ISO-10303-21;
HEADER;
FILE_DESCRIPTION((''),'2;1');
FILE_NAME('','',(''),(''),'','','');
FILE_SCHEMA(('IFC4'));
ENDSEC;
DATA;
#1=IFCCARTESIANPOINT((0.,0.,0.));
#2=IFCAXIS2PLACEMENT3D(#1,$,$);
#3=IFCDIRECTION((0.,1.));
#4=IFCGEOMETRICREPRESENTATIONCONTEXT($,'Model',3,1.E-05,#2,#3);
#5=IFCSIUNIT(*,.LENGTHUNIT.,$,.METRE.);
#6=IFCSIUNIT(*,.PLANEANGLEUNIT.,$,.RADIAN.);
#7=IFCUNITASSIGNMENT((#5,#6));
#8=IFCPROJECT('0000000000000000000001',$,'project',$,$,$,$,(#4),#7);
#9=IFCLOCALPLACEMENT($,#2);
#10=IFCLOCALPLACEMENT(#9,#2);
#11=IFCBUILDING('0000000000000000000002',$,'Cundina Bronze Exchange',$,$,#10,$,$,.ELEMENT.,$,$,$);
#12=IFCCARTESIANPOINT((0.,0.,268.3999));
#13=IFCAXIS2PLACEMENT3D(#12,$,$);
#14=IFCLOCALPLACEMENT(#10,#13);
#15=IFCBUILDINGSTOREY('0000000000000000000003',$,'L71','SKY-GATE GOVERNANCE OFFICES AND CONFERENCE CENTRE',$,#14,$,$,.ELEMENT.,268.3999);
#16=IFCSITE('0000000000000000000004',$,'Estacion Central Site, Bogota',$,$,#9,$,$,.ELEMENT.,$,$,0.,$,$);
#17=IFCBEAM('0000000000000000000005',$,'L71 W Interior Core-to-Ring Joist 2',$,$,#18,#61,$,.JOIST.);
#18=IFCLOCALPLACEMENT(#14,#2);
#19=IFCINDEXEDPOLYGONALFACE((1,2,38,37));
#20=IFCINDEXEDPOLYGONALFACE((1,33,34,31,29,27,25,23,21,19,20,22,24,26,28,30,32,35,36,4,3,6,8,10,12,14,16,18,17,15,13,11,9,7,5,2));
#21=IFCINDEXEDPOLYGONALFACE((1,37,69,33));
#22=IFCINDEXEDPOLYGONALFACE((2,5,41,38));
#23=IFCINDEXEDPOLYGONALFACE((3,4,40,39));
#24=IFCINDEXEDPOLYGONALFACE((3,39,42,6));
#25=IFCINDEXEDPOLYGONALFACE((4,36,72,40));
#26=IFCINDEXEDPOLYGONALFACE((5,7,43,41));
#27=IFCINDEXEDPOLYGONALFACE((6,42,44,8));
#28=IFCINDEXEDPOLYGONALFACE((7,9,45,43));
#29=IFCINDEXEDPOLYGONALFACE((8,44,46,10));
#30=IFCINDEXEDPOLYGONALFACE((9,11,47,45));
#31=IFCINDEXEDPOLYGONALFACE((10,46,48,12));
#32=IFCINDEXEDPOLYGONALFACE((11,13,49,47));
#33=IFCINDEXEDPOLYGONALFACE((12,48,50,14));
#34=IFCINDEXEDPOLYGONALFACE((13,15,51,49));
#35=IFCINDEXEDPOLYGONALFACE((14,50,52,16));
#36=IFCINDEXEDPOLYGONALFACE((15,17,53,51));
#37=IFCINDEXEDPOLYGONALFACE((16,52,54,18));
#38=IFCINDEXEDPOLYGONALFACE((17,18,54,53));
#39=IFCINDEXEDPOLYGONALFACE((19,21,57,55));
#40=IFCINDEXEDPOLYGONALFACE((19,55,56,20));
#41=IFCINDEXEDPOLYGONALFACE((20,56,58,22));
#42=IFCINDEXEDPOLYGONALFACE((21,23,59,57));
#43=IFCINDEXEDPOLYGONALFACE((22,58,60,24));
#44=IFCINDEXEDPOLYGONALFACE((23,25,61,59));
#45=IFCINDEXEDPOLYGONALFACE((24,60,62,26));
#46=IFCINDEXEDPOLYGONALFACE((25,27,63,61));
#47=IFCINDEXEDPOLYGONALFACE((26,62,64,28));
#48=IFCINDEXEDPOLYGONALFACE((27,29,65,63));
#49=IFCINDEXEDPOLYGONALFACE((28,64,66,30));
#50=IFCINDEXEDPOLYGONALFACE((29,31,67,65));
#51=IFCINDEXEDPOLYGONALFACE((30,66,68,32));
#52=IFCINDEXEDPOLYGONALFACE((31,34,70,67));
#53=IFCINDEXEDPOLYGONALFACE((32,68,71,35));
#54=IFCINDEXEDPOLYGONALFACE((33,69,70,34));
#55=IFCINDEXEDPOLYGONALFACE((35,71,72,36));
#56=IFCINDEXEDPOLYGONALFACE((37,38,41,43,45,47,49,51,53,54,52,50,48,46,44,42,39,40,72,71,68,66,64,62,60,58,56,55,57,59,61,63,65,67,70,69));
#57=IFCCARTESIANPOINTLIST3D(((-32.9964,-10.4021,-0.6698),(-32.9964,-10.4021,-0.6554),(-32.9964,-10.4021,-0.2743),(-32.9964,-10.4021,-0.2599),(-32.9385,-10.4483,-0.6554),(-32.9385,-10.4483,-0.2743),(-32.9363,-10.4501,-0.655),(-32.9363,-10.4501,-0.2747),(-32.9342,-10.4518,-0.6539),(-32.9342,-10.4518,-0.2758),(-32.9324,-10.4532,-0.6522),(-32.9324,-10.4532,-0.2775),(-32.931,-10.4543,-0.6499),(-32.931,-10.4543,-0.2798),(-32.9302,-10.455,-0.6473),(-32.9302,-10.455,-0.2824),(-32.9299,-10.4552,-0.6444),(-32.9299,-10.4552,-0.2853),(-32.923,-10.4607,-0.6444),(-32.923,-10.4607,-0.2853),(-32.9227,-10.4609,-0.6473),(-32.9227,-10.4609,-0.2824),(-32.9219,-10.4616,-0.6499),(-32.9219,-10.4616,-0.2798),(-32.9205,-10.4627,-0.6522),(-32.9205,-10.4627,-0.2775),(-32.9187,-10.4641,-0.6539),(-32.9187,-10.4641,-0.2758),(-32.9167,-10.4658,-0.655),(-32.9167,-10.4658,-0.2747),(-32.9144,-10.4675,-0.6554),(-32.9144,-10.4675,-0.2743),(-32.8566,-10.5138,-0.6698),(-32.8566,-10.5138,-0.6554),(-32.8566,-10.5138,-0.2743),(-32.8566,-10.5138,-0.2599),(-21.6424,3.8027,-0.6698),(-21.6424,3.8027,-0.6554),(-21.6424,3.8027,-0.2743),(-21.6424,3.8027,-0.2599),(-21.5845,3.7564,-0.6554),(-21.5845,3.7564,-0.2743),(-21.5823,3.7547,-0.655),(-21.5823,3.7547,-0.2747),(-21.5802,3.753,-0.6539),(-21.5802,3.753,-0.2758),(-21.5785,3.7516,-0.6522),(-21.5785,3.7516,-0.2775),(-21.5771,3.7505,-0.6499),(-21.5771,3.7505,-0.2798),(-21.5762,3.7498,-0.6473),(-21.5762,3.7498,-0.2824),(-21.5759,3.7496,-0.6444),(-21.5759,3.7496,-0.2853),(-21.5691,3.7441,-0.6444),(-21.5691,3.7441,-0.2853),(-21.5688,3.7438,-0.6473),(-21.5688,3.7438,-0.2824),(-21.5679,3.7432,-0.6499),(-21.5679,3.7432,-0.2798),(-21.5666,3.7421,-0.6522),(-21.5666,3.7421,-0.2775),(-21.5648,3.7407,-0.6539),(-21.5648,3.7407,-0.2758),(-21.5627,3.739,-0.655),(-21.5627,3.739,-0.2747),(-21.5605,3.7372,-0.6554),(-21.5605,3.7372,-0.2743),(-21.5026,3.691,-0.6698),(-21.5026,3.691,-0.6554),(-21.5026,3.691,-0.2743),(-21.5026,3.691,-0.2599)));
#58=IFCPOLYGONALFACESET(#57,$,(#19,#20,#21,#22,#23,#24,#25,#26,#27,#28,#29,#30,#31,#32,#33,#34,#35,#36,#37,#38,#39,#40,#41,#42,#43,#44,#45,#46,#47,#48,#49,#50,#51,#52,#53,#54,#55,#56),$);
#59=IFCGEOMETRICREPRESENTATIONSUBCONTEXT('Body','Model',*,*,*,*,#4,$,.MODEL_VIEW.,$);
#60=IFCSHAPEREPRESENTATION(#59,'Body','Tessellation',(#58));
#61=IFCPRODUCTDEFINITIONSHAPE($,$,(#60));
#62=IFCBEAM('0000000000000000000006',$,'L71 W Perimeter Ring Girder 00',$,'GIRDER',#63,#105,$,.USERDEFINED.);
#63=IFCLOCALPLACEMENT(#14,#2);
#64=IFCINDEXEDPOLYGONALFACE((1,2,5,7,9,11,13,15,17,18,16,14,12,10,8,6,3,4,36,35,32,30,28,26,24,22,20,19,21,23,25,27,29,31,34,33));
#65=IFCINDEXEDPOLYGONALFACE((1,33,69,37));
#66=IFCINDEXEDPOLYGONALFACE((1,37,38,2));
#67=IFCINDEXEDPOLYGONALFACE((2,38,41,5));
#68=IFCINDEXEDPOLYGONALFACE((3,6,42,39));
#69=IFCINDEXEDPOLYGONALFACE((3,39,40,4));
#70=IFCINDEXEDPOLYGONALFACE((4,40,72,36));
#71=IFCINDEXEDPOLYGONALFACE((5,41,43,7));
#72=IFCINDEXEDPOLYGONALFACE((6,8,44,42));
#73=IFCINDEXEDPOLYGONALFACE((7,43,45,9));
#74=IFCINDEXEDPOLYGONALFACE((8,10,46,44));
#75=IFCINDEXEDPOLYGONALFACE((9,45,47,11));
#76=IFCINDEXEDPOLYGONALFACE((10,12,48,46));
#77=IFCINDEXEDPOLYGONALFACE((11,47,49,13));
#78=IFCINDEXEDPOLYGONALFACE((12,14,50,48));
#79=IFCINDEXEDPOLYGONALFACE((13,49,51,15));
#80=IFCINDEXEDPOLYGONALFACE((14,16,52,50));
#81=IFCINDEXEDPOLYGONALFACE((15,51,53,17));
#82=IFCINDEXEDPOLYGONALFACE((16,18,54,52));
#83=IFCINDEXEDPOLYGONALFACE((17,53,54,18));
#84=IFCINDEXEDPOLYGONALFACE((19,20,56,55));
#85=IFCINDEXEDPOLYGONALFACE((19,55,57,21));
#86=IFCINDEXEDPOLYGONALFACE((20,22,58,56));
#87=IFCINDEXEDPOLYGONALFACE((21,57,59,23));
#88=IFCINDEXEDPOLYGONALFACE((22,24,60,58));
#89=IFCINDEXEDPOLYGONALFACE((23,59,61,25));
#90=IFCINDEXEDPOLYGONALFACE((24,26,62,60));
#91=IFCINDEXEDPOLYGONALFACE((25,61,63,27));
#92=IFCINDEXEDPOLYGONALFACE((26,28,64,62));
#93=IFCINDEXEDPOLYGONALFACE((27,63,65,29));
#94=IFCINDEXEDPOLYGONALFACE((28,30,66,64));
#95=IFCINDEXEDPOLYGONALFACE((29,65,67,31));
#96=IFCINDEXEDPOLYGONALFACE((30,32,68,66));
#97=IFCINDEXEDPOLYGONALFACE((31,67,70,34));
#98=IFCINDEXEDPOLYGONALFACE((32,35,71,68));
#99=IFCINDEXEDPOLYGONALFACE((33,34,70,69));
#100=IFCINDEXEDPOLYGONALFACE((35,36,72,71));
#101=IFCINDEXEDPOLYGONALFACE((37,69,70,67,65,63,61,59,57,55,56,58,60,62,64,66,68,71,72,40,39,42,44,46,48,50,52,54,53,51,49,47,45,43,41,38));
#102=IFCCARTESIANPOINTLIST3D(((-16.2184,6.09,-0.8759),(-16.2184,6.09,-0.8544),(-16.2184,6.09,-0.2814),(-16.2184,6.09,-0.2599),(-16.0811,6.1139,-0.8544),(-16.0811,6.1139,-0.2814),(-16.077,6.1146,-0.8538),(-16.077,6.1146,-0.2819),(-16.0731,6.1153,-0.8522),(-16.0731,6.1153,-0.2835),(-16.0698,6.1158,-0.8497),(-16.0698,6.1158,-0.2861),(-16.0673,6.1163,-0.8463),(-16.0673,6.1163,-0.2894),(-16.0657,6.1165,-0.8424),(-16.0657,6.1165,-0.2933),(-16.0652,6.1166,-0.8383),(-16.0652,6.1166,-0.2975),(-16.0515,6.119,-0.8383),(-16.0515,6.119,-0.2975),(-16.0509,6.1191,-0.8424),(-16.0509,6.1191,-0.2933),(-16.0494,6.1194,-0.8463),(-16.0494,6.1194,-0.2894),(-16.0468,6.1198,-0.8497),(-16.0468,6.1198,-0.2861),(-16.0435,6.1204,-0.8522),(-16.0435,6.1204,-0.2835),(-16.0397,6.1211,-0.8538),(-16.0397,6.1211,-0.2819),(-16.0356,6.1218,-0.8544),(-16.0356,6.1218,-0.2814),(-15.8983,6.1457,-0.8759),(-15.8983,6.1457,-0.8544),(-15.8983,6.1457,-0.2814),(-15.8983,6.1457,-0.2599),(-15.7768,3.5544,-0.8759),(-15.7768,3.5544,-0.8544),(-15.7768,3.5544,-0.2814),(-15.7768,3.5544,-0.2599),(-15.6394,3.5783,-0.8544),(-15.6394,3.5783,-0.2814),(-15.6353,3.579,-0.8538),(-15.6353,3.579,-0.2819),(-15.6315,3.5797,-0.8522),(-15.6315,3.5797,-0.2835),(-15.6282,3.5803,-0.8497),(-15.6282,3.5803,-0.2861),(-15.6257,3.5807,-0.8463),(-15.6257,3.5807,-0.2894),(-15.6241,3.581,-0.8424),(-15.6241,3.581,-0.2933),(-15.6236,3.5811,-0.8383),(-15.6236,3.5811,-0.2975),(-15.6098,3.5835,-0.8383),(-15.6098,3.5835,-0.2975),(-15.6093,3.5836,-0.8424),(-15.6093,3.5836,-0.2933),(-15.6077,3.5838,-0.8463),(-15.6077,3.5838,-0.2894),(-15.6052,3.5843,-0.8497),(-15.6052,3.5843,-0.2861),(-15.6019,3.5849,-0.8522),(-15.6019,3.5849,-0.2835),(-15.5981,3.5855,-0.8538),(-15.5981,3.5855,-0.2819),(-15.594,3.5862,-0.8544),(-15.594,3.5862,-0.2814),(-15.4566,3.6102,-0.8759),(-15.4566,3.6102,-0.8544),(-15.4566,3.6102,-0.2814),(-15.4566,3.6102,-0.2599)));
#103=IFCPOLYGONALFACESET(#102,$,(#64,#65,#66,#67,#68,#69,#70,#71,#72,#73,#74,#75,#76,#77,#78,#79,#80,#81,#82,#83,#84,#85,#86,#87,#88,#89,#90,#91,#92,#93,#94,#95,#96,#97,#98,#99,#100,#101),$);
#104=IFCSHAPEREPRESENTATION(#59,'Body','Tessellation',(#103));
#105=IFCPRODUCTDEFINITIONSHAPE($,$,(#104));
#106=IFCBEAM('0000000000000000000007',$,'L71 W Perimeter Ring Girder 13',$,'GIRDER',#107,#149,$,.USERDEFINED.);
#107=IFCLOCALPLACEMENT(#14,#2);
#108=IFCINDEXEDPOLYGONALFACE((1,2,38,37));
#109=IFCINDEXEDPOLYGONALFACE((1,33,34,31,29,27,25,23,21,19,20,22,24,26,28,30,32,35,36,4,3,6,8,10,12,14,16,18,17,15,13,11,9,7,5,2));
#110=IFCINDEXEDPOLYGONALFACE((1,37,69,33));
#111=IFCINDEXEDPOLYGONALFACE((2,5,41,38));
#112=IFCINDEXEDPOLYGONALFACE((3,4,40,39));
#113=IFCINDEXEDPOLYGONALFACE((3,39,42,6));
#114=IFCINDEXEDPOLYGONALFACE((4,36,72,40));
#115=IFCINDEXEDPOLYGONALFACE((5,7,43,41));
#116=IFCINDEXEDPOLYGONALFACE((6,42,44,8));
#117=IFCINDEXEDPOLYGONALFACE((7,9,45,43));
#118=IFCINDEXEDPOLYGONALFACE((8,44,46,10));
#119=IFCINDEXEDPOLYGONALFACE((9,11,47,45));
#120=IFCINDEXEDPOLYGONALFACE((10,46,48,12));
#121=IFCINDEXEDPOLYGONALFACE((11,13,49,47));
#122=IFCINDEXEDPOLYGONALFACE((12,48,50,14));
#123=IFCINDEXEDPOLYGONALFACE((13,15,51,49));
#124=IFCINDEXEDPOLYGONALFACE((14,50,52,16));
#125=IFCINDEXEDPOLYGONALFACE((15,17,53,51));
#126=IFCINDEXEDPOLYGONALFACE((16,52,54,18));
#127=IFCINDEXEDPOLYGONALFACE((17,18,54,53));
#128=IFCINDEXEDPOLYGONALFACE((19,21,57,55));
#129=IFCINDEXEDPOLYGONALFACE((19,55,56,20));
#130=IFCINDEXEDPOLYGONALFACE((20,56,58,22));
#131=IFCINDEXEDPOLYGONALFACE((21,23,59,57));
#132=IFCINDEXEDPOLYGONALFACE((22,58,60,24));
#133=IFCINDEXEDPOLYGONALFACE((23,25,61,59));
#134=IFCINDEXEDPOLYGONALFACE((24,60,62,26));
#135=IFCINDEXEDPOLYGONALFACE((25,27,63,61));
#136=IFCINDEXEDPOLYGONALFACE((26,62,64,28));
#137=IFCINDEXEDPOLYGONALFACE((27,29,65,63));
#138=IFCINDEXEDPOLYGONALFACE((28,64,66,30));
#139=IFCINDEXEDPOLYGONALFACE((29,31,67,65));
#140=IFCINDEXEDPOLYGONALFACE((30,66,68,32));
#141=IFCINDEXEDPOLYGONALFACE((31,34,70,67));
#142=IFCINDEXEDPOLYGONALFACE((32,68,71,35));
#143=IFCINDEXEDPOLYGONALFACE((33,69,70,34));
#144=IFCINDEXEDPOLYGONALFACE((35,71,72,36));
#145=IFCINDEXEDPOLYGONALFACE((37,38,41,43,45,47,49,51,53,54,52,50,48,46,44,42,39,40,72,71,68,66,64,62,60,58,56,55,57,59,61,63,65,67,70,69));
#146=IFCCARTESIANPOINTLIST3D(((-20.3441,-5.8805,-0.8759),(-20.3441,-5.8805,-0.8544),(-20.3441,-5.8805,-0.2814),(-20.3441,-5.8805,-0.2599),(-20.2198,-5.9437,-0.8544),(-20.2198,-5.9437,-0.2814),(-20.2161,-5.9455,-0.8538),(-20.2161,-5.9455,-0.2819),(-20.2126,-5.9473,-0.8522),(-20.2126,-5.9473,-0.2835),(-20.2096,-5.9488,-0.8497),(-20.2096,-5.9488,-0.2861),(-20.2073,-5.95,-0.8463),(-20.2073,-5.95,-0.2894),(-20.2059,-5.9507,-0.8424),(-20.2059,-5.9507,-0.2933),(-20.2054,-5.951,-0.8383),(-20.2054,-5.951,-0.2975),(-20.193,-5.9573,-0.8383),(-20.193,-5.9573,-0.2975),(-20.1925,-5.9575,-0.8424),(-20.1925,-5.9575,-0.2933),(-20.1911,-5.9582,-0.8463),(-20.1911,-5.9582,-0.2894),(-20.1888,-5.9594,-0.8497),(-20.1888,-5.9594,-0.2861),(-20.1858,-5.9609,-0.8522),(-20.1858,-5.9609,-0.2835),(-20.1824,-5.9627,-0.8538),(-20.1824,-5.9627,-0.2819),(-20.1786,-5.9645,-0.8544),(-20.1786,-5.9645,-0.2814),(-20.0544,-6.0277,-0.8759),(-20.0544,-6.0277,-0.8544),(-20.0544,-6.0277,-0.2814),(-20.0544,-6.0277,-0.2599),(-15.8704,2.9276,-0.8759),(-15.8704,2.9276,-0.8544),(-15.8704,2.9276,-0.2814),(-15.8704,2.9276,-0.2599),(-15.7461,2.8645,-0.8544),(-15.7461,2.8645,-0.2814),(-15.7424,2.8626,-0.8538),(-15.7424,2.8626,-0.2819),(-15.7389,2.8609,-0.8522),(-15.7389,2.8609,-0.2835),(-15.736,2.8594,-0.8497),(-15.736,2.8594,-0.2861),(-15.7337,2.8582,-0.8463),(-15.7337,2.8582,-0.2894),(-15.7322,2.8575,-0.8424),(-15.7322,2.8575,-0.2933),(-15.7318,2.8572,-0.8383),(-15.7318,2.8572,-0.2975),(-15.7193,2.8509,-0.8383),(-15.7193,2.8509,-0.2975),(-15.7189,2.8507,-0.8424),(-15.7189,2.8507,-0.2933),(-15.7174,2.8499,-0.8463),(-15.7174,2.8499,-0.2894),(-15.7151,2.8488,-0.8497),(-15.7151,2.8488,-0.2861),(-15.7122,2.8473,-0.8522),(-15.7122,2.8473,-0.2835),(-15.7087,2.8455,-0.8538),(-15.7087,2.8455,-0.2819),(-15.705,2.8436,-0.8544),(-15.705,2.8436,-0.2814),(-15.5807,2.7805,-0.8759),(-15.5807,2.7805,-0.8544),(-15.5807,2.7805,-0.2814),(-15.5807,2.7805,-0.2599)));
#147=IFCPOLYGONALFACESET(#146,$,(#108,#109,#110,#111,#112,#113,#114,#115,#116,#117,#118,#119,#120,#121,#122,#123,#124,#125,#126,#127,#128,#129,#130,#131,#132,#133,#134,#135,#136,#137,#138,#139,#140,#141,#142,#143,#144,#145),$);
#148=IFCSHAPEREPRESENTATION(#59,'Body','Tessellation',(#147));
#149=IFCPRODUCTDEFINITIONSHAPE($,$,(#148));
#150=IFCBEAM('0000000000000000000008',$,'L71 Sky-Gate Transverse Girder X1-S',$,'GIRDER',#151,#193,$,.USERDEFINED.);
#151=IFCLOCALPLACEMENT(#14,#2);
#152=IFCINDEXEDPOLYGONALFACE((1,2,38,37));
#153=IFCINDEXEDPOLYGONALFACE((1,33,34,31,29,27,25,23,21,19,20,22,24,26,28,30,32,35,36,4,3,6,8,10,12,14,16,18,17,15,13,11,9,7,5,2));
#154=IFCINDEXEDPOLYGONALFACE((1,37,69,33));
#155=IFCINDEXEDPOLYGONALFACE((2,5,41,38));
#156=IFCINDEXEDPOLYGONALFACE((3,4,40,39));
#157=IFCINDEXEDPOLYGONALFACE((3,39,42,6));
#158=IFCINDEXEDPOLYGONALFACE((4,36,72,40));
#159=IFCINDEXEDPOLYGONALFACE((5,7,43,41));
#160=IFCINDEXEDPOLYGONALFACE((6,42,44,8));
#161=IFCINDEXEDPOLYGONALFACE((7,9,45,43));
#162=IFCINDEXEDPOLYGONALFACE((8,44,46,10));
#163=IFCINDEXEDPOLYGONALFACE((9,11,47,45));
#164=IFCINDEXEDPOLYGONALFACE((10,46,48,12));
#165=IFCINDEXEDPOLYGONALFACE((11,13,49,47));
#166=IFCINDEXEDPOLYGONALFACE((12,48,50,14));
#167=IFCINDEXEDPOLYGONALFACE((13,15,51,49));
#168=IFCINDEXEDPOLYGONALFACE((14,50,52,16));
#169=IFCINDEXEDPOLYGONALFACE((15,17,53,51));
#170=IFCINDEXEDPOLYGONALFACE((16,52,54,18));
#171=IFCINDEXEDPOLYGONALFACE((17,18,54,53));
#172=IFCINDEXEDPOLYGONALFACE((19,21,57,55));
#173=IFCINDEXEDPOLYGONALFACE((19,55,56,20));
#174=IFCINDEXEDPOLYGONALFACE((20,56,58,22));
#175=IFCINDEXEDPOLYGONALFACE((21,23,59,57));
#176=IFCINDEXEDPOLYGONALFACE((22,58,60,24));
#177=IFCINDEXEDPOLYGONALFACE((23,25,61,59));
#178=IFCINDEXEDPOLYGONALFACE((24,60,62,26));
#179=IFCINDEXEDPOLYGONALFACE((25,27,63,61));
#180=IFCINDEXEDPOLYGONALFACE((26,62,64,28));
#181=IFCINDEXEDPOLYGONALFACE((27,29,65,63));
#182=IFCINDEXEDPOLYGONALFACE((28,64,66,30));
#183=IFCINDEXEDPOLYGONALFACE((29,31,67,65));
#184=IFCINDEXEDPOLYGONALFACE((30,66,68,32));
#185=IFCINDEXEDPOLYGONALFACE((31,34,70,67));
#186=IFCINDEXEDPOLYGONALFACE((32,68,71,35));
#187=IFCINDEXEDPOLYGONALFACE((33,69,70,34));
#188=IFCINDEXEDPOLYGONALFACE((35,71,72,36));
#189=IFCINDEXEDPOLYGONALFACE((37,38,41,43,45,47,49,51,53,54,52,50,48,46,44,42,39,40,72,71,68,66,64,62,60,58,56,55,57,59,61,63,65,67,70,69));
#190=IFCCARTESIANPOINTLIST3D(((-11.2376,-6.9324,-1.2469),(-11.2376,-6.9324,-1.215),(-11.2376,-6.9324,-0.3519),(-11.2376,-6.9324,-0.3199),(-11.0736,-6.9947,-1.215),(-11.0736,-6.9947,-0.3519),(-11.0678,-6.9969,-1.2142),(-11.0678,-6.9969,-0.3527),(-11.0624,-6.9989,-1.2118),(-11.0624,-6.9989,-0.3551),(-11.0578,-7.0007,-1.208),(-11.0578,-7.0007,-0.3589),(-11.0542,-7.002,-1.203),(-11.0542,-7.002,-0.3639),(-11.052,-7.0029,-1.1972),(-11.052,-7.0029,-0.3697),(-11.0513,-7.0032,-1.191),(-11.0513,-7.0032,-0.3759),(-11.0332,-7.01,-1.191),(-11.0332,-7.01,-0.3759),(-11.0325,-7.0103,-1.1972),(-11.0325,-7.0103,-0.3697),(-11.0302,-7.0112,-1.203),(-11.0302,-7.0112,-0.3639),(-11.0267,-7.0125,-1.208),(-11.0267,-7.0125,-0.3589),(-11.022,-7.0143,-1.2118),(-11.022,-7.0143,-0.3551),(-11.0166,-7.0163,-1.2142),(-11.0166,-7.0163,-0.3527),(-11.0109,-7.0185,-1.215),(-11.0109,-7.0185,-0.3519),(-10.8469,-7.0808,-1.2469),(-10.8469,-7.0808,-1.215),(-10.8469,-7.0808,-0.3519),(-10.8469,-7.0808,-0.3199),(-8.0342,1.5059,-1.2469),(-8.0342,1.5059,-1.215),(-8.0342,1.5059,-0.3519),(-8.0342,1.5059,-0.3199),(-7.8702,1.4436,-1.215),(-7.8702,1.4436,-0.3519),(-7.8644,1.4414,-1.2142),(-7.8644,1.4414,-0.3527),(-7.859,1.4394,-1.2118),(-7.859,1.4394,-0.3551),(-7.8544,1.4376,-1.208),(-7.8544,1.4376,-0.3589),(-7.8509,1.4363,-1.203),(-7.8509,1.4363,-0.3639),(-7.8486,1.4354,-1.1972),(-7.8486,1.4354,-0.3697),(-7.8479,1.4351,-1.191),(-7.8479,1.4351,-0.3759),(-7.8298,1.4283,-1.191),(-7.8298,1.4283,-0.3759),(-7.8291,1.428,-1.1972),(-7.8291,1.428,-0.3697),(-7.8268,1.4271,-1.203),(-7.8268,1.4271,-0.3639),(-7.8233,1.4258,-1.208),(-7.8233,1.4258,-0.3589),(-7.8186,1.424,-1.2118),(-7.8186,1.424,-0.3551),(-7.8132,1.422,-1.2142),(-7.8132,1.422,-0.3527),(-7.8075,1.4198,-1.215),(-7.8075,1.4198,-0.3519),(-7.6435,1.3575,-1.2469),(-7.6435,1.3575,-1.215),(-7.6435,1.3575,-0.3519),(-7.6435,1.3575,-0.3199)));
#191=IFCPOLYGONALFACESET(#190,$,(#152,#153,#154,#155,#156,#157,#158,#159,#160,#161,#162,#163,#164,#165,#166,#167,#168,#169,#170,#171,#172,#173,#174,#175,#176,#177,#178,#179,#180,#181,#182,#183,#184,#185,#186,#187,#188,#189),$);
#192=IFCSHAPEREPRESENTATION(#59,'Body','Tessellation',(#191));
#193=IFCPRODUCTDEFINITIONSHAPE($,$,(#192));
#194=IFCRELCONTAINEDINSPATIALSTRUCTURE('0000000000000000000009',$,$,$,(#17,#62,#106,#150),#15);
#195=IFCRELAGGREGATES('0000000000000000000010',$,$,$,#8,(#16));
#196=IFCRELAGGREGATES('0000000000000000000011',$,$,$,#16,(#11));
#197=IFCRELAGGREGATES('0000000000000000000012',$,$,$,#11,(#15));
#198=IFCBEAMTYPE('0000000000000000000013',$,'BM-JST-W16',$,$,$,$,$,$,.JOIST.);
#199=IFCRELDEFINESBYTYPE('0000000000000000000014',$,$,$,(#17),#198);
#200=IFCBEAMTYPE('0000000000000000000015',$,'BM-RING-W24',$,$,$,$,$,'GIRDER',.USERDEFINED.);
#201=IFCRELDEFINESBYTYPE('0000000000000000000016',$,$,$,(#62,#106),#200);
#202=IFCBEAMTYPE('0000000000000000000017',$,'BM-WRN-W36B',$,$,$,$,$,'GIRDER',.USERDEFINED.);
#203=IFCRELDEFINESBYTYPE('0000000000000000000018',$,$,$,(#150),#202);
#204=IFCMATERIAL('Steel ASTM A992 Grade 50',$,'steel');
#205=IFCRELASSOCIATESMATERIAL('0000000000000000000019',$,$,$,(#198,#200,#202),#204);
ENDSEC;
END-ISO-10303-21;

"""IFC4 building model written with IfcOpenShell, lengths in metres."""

from ifc_helpers import new_model, si_unit, direction, frame, origin, origin_2d, place, context, subcontext, project, spatial, i_section, extrude, material, material_profile, profile_set, type_object, element, save


model = new_model("IFC4")

# Units and contexts
model_context = context("Model", 3, precision=1e-05, world=origin(), true_north=direction((0.0, 1.0)))
body_context = subcontext(model_context, "Body", "Model", "MODEL_VIEW")
ifc_project = project(units=[si_unit("LENGTHUNIT", "METRE"), si_unit("PLANEANGLEUNIT", "RADIAN")], contexts=[model_context])

# Site, building, storey
site_placement = place(None, origin())
site = spatial("IfcSite", under=ifc_project, at=site_placement, Name="Estacion Central Site, Bogota", CompositionType="ELEMENT", RefElevation=0.0)
building_placement = place(site_placement, origin())
building = spatial("IfcBuilding", under=site, at=building_placement, Name="Cundina Bronze Exchange", CompositionType="ELEMENT")
storey_placement = place(building_placement, frame((0.0, 0.0, 268.3999)))
storey = spatial("IfcBuildingStorey", under=building, at=storey_placement, Name="L71", Description="SKY-GATE GOVERNANCE OFFICES AND CONFERENCE CENTRE", CompositionType="ELEMENT", Elevation=268.3999)

# Shared definitions
ifc_material_1 = material(Name="Steel ASTM A992 Grade 50", Category="steel")

# Beams
ifc_material_profile_1 = material_profile(ifc_material_1, i_section(OverallWidth=0.179, OverallDepth=0.4099, WebThickness=0.0088, FlangeThickness=0.0144, FilletRadius=0.011, at=origin_2d()), Name="W16X45", Category="steel")
ifc_profile_set_1 = profile_set([ifc_material_profile_1], Name="Steel ASTM A992 Grade 50")
beam_type_1 = type_object("IfcBeamType", Name="BM-JST-W16", PredefinedType="JOIST", material=ifc_profile_set_1)
beam_1_placement = place(storey_placement, frame((-21.5725, 3.7468, -0.4648), z_axis=(-0.624364, -0.781133, 0.0), x_axis=(0.781133, -0.624364, 0.0)))
element("IfcBeam", 1, at=beam_1_placement, inside=storey, type_object=beam_type_1, Name="L71 W Interior Core-to-Ring Joist 2", PredefinedType="JOIST", context=body_context, shape_type="SweptSolid", body=[
    extrude(i_section(OverallWidth=0.179, OverallDepth=0.4099, WebThickness=0.0088, FlangeThickness=0.0144, FilletRadius=0.011, at=origin_2d()), origin(), (0.0, 0.0, 1.0), 18.1848),
])
ifc_material_profile_2 = material_profile(ifc_material_1, i_section(OverallWidth=0.325, OverallDepth=0.616, WebThickness=0.0139, FlangeThickness=0.0215, FilletRadius=0.0161, at=origin_2d()), Name="W24X117", Category="steel")
ifc_profile_set_2 = profile_set([ifc_material_profile_2], Name="Steel ASTM A992 Grade 50")
beam_type_2 = type_object("IfcBeamType", Name="BM-RING-W24", ElementType="GIRDER", PredefinedType="USERDEFINED", material=ifc_profile_set_2)
beam_2_placement = place(storey_placement, frame((-15.6167, 3.5823, -0.5679), z_axis=(-0.171593, 0.985168, 0.0), x_axis=(-0.985168, -0.171593, 0.0)))
element("IfcBeam", 2, at=beam_2_placement, inside=storey, type_object=beam_type_2, Name="L71 W Perimeter Ring Girder 00", ObjectType="GIRDER", PredefinedType="USERDEFINED", context=body_context, shape_type="SweptSolid", body=[
    extrude(i_section(OverallWidth=0.325, OverallDepth=0.616, WebThickness=0.0139, FlangeThickness=0.0215, FilletRadius=0.0161, at=origin_2d()), origin(), (0.0, 0.0, 1.0), 2.5737),
])
beam_3_placement = place(storey_placement, frame((-20.1992, -5.9541, -0.5679), z_axis=(0.452839, 0.891592, 0.0), x_axis=(-0.891592, 0.452839, 0.0)))
element("IfcBeam", 3, at=beam_3_placement, inside=storey, type_object=beam_type_2, Name="L71 W Perimeter Ring Girder 13", ObjectType="GIRDER", PredefinedType="USERDEFINED", context=body_context, shape_type="SweptSolid", body=[
    extrude(i_section(OverallWidth=0.325, OverallDepth=0.616, WebThickness=0.0139, FlangeThickness=0.0215, FilletRadius=0.0161, at=origin_2d()), origin(), (0.0, 0.0, 1.0), 9.8792),
])
ifc_material_profile_3 = material_profile(ifc_material_1, i_section(OverallWidth=0.418, OverallDepth=0.927, WebThickness=0.0193, FlangeThickness=0.032, FilletRadius=0.0239, at=origin_2d()), Name="W36X231", Category="steel")
ifc_profile_set_3 = profile_set([ifc_material_profile_3], Name="Steel ASTM A992 Grade 50")
beam_type_3 = type_object("IfcBeamType", Name="BM-WRN-W36B", ElementType="GIRDER", PredefinedType="USERDEFINED", material=ifc_profile_set_3)
beam_4_placement = place(storey_placement, frame((-11.0422, -7.0066, -0.7834), z_axis=(0.354912, 0.9349, 0.0), x_axis=(-0.9349, 0.354912, 0.0)))
element("IfcBeam", 4, at=beam_4_placement, inside=storey, type_object=beam_type_3, Name="L71 Sky-Gate Transverse Girder X1-S", ObjectType="GIRDER", PredefinedType="USERDEFINED", context=body_context, shape_type="SweptSolid", body=[
    extrude(i_section(OverallWidth=0.418, OverallDepth=0.927, WebThickness=0.0193, FlangeThickness=0.032, FilletRadius=0.0239, at=origin_2d()), origin(), (0.0, 0.0, 1.0), 9.0259),
])

save(model, "model.ifc")
